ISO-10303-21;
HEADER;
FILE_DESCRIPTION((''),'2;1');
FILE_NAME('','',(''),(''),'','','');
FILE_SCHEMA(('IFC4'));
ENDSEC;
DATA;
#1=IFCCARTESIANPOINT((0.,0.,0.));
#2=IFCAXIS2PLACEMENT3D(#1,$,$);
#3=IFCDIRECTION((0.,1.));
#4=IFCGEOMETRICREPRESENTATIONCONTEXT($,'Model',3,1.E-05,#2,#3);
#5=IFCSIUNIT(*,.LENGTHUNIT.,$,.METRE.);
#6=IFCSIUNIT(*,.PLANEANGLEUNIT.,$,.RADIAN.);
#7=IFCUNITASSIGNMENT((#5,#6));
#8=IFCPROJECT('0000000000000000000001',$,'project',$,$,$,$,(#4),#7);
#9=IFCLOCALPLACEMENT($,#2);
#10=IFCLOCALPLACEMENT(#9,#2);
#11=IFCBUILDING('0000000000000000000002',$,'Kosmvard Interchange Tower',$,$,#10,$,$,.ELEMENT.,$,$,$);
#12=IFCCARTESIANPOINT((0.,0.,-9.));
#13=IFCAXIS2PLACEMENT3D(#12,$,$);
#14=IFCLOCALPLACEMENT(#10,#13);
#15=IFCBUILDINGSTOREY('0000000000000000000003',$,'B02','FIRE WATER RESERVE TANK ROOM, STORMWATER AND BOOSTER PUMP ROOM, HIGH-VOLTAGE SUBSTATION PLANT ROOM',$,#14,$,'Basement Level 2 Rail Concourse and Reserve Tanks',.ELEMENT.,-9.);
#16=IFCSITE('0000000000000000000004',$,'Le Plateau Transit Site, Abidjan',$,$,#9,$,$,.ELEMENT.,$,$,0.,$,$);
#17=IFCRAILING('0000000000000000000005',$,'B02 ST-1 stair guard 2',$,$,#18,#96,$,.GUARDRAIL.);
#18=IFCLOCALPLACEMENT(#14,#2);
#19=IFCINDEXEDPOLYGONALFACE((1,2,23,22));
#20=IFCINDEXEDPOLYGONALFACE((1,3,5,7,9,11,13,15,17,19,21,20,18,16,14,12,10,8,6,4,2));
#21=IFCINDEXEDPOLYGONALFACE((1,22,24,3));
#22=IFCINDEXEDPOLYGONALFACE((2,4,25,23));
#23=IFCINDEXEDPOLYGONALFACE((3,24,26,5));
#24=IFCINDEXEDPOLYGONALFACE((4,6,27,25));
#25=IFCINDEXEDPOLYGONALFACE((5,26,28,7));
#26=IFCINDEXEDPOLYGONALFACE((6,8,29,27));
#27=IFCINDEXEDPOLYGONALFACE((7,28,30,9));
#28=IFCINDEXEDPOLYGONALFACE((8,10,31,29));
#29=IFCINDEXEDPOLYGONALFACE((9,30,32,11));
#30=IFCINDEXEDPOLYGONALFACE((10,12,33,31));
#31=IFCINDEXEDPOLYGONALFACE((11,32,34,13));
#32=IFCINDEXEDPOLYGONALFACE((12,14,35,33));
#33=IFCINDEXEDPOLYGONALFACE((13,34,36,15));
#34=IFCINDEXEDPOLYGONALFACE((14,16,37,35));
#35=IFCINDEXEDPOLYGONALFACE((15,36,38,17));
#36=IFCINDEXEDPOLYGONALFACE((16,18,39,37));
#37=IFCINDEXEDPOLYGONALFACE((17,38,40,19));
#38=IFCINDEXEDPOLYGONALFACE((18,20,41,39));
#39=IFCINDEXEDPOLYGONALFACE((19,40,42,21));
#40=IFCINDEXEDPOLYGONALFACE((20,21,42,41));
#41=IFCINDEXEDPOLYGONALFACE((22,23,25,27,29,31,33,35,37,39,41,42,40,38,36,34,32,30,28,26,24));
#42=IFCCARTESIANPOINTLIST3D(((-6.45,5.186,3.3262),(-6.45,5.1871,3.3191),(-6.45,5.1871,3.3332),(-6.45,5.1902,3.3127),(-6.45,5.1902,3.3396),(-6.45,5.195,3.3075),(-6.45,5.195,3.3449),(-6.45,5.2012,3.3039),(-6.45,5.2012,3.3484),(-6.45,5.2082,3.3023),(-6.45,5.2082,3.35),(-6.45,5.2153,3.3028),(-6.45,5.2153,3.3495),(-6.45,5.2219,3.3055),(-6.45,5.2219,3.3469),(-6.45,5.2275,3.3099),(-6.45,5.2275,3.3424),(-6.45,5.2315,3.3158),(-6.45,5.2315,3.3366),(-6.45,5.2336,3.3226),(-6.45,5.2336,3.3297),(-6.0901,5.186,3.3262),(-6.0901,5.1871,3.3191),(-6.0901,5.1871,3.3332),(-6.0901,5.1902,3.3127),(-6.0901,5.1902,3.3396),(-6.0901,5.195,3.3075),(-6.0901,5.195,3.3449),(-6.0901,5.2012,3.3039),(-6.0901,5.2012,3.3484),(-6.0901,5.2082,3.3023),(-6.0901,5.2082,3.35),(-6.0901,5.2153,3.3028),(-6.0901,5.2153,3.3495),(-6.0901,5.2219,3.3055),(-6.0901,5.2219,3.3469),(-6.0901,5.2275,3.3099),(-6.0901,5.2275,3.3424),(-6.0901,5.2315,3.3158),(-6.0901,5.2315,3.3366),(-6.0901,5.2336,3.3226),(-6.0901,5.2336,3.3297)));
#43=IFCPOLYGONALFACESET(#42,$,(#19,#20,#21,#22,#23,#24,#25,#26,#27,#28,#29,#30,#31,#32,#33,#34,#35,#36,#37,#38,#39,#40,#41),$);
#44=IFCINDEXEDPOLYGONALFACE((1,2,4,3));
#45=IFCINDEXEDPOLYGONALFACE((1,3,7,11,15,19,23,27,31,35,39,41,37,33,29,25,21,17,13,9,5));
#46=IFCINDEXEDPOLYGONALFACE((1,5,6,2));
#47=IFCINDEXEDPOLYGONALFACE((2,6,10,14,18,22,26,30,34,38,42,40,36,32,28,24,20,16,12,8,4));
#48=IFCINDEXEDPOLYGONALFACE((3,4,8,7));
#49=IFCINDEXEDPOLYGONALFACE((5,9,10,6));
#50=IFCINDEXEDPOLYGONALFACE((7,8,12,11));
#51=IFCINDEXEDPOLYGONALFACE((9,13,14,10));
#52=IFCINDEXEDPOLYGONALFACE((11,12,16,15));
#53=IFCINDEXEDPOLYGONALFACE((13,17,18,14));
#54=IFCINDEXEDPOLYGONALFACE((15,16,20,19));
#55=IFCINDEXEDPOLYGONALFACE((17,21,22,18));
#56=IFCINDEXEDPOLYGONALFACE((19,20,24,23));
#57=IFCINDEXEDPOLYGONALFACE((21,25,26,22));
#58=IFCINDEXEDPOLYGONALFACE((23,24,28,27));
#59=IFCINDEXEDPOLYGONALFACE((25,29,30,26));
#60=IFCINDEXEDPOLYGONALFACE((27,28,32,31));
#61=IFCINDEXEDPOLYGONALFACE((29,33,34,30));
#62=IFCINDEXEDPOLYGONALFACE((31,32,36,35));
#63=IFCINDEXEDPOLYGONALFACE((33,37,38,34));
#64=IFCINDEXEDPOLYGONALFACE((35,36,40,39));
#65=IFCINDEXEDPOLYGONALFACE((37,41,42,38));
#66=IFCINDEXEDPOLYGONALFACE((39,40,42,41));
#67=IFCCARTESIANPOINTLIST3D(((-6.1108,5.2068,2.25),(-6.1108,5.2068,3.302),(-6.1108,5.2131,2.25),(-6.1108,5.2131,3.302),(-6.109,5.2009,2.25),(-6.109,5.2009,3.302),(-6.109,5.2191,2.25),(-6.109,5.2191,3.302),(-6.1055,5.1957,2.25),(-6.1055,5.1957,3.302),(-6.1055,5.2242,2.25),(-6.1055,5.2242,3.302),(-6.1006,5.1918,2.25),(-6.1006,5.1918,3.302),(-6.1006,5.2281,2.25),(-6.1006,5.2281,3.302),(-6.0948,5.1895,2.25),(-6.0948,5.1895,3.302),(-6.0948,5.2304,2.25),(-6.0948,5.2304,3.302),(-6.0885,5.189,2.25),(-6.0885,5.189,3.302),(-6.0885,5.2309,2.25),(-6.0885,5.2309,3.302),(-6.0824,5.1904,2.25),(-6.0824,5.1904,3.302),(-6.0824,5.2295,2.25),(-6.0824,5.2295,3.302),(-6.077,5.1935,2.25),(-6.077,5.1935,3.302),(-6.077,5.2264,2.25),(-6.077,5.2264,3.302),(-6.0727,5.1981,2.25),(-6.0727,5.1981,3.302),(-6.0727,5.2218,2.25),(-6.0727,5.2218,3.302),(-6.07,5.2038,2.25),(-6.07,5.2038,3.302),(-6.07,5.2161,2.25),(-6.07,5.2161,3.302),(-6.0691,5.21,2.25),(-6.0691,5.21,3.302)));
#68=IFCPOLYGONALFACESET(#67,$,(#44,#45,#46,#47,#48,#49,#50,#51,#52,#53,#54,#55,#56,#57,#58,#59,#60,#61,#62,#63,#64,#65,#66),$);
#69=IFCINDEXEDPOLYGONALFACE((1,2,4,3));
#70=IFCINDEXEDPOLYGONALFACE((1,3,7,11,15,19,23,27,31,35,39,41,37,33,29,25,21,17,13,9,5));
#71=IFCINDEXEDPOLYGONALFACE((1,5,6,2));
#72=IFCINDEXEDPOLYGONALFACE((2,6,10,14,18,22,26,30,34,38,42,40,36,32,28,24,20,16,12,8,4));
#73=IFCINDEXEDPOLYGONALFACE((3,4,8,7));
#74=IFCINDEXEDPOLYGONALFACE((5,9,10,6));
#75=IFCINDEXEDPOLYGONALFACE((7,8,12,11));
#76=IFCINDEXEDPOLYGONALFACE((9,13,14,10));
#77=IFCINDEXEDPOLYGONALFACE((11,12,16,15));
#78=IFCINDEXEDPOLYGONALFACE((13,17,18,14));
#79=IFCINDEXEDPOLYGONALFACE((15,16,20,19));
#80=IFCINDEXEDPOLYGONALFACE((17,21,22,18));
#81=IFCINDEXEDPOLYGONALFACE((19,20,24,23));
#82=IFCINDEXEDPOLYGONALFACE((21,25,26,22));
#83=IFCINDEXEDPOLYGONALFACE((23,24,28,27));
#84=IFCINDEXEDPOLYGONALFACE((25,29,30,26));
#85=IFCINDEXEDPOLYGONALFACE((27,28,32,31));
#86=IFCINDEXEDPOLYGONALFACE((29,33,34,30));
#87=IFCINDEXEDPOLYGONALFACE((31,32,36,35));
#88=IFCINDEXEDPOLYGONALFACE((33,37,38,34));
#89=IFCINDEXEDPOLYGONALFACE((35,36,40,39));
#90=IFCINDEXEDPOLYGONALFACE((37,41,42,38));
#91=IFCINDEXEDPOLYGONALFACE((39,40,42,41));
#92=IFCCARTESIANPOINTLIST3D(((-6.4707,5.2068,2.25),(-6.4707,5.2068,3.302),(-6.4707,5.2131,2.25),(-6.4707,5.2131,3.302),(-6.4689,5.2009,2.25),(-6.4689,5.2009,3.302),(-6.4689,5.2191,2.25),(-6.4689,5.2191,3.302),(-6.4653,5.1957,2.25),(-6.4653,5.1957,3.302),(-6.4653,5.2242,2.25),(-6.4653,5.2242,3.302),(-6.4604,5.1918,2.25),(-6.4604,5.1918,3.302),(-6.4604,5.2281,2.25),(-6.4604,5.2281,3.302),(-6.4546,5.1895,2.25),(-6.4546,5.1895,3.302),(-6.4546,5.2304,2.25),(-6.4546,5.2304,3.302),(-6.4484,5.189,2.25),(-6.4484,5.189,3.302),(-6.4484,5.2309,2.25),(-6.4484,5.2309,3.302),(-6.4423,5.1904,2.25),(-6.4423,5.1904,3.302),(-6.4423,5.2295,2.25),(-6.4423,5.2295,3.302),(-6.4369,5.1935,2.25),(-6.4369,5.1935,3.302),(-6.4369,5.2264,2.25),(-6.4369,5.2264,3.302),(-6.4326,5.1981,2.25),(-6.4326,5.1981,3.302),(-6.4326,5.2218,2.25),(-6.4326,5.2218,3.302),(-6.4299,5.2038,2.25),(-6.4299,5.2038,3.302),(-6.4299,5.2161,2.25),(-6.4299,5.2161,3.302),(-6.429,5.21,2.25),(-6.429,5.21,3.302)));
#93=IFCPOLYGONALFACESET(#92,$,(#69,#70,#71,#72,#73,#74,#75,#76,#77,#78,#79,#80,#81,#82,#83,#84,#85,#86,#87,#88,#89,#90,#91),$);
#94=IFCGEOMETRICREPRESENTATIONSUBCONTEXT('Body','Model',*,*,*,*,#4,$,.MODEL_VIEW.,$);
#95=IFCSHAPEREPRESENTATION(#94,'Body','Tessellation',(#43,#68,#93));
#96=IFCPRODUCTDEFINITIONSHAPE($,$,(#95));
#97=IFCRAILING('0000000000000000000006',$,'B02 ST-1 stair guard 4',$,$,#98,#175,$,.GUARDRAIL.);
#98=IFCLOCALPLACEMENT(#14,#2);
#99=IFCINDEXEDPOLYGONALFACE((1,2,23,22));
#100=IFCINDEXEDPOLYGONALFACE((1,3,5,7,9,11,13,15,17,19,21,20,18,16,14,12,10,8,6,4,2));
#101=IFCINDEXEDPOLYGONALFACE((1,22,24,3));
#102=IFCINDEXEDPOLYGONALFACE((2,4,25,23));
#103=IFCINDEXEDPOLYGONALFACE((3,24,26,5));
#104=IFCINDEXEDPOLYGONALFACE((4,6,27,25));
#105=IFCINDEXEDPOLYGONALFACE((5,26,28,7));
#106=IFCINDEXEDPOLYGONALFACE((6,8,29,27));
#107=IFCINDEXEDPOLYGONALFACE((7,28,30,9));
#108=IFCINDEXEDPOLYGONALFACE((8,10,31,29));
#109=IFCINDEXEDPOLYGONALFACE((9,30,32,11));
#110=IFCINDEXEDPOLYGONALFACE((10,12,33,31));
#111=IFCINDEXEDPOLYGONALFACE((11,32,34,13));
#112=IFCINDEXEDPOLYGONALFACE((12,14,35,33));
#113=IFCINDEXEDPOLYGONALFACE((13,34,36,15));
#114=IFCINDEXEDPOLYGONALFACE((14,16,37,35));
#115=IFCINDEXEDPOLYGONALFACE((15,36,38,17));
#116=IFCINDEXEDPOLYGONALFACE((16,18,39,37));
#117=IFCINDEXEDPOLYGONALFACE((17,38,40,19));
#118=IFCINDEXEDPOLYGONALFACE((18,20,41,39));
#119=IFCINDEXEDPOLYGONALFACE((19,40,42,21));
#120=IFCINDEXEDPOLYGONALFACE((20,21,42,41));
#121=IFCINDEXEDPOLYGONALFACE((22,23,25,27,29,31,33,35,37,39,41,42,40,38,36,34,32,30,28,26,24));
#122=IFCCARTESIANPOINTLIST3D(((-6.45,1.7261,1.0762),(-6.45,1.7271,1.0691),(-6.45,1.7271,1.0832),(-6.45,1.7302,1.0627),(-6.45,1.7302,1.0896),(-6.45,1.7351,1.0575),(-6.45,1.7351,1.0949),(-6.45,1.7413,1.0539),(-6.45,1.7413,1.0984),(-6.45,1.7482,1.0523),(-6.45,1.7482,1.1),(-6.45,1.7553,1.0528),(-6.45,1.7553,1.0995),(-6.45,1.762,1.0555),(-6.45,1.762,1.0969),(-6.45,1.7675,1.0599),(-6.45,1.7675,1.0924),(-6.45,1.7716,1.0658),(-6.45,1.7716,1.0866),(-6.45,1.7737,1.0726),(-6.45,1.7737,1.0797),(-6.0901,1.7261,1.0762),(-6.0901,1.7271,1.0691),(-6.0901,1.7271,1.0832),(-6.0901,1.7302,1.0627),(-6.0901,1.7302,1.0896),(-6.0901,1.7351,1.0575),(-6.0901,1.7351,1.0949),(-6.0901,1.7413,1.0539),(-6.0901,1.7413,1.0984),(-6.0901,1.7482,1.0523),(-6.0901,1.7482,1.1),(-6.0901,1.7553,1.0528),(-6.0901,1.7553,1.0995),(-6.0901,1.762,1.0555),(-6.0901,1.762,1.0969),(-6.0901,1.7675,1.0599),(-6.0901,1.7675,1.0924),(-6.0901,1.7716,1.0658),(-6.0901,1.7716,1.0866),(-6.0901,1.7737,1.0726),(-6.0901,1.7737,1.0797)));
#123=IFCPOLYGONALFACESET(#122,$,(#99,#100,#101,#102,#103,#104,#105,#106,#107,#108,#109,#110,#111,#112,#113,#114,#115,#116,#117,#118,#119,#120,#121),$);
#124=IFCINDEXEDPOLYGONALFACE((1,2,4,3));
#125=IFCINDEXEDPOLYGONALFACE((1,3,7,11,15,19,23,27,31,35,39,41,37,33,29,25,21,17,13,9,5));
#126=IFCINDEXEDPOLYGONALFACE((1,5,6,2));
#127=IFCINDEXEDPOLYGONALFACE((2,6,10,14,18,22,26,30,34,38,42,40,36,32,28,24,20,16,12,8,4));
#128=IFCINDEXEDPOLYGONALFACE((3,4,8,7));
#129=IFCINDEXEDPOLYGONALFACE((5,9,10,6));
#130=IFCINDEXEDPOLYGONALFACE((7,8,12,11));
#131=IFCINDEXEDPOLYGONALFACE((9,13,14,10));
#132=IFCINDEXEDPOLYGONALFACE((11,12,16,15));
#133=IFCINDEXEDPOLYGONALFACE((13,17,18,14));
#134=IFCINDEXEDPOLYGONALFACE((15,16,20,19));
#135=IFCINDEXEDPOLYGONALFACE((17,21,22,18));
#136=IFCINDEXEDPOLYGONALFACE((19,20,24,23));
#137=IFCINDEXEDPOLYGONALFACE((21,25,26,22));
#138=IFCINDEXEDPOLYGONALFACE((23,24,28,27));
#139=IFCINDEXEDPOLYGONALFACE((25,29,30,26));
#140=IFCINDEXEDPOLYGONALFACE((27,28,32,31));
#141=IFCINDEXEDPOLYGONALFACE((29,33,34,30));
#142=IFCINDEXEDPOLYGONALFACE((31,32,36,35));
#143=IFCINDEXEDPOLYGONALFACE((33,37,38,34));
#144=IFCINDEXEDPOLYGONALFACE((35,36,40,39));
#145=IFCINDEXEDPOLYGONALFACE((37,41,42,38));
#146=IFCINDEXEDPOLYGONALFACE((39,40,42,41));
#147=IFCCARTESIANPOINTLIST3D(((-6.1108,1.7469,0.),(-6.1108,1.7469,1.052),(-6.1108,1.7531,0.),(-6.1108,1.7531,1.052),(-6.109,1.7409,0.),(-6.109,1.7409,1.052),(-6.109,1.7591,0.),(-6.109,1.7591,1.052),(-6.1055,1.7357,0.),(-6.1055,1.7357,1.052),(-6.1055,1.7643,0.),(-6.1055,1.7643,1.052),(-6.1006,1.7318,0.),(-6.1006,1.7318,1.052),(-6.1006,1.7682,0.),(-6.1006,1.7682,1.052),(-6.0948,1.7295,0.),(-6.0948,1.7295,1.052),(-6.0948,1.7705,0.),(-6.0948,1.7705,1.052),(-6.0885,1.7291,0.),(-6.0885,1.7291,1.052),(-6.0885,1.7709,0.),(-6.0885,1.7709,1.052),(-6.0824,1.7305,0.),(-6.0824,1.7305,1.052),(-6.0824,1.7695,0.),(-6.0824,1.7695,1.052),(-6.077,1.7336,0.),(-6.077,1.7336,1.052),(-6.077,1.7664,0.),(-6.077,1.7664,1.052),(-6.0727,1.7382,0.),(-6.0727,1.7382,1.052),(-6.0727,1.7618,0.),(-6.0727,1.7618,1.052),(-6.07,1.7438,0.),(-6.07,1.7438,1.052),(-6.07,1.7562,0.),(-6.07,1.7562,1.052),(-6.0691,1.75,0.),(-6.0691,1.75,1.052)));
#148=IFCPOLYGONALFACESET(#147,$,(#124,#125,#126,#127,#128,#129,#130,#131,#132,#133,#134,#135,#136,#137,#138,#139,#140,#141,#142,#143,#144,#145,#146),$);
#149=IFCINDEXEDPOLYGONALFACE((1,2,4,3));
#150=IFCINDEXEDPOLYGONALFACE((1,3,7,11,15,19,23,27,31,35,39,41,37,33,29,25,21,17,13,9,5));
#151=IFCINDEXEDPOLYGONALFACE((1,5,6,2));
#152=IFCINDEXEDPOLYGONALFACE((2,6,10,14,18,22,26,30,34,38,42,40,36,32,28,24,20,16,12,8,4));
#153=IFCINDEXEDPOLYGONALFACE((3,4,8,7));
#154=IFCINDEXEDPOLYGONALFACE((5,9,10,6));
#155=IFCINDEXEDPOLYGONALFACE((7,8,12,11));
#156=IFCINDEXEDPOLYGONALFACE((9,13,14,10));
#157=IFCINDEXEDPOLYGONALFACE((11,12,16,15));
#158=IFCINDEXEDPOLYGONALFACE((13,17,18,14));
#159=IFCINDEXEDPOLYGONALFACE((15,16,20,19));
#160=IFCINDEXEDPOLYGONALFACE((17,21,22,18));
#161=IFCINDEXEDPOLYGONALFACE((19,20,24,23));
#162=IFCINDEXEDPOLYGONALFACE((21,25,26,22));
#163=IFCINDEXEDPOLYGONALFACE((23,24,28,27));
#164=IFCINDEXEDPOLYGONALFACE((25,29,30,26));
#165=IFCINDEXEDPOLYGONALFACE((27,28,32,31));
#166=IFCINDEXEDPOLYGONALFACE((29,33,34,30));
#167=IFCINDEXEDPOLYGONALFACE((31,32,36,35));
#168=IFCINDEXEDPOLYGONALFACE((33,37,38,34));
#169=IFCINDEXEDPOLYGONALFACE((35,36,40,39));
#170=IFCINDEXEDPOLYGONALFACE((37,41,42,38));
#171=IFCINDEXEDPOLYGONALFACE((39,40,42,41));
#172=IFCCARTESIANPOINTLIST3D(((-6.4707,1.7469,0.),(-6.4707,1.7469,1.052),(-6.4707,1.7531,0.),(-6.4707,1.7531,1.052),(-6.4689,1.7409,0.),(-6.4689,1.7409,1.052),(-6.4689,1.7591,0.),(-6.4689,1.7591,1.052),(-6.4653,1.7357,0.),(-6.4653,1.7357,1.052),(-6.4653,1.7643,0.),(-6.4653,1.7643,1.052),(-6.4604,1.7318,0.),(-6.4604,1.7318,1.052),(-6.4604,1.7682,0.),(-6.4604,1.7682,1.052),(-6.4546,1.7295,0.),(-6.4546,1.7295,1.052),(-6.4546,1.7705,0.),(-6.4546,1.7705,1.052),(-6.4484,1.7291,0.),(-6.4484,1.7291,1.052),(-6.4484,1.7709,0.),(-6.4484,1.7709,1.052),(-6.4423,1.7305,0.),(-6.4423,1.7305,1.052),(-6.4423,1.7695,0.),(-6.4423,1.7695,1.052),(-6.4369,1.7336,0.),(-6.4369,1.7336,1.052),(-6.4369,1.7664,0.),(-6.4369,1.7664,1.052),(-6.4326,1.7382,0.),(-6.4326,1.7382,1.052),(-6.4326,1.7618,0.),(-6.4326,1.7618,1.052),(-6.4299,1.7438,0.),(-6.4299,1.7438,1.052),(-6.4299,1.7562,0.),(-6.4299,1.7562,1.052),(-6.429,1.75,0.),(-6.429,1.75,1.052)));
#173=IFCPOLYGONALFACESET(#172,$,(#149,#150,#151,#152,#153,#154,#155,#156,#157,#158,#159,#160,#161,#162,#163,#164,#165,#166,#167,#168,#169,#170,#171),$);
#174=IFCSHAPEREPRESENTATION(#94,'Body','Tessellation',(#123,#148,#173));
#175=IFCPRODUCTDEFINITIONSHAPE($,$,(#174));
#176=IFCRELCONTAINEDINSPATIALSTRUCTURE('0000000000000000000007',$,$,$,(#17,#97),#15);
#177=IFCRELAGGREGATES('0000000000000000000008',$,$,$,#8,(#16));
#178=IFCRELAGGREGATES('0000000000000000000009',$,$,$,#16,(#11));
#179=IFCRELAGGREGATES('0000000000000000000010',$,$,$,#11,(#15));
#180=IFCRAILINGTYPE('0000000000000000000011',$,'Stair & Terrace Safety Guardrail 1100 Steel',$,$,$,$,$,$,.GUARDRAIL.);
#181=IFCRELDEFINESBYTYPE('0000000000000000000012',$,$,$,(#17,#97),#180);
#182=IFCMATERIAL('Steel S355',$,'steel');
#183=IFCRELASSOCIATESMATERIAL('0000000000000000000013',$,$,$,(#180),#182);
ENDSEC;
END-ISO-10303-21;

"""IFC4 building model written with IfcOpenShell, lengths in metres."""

from ifc_helpers import new_model, si_unit, direction, frame, origin, origin_2d, place, context, subcontext, project, spatial, circle, extrude, source, transform, mapped, material, type_object, element, save


model = new_model("IFC4")

# Units and contexts
model_context = context("Model", 3, precision=1e-05, world=origin(), true_north=direction((0.0, 1.0)))
body_context = subcontext(model_context, "Body", "Model", "MODEL_VIEW")
ifc_project = project(units=[si_unit("LENGTHUNIT", "METRE"), si_unit("PLANEANGLEUNIT", "RADIAN")], contexts=[model_context])

# Site, building, storey
site_placement = place(None, origin())
site = spatial("IfcSite", under=ifc_project, at=site_placement, Name="Le Plateau Transit Site, Abidjan", CompositionType="ELEMENT", RefElevation=0.0)
building_placement = place(site_placement, origin())
building = spatial("IfcBuilding", under=site, at=building_placement, Name="Kosmvard Interchange Tower", CompositionType="ELEMENT")
storey_placement = place(building_placement, frame((0.0, 0.0, -9.0)))
storey = spatial("IfcBuildingStorey", under=building, at=storey_placement, Name="B02", Description="FIRE WATER RESERVE TANK ROOM, STORMWATER AND BOOSTER PUMP ROOM, HIGH-VOLTAGE SUBSTATION PLANT ROOM", LongName="Basement Level 2 Rail Concourse and Reserve Tanks", CompositionType="ELEMENT", Elevation=-9.0)

# Railings
ifc_material_1 = material(Name="Steel S355", Category="steel")
railing_type_1 = type_object("IfcRailingType", Name="Stair & Terrace Safety Guardrail 1100 Steel", PredefinedType="GUARDRAIL", material=ifc_material_1)
shared_shape_1 = source(origin(), body_context, "Body", "SweptSolid", [
    extrude(circle(Radius=0.0239, at=origin_2d()), frame((0.0, 0.0, 1.0762), z_axis=(-1.0, 0.0, 0.0), x_axis=(0.0, -1.0, 0.0)), (0.0, 0.0, 1.0), 0.3599),
    extrude(circle(Radius=0.021, at=origin_2d()), origin(), (0.0, 0.0, 1.0), 1.052),
    extrude(circle(Radius=0.021, at=origin_2d()), frame((-0.3599, 0.0, 0.0)), (0.0, 0.0, 1.0), 1.052),
])
for number, where, name in (
    (1, (-6.0901, 5.21, 2.25), "B02 ST-1 stair guard 2"),
    (2, (-6.0901, 1.75, 0.0), "B02 ST-1 stair guard 4"),
):
    element("IfcRailing", number, at=place(storey_placement, frame(where)), inside=storey, type_object=railing_type_1, Name=name, PredefinedType="GUARDRAIL", context=body_context, shape_type="MappedRepresentation", body=[
        mapped(shared_shape_1, transform((0.0, 0.0, 0.0), scale=1.0)),
    ])

save(model, "model.ifc")
